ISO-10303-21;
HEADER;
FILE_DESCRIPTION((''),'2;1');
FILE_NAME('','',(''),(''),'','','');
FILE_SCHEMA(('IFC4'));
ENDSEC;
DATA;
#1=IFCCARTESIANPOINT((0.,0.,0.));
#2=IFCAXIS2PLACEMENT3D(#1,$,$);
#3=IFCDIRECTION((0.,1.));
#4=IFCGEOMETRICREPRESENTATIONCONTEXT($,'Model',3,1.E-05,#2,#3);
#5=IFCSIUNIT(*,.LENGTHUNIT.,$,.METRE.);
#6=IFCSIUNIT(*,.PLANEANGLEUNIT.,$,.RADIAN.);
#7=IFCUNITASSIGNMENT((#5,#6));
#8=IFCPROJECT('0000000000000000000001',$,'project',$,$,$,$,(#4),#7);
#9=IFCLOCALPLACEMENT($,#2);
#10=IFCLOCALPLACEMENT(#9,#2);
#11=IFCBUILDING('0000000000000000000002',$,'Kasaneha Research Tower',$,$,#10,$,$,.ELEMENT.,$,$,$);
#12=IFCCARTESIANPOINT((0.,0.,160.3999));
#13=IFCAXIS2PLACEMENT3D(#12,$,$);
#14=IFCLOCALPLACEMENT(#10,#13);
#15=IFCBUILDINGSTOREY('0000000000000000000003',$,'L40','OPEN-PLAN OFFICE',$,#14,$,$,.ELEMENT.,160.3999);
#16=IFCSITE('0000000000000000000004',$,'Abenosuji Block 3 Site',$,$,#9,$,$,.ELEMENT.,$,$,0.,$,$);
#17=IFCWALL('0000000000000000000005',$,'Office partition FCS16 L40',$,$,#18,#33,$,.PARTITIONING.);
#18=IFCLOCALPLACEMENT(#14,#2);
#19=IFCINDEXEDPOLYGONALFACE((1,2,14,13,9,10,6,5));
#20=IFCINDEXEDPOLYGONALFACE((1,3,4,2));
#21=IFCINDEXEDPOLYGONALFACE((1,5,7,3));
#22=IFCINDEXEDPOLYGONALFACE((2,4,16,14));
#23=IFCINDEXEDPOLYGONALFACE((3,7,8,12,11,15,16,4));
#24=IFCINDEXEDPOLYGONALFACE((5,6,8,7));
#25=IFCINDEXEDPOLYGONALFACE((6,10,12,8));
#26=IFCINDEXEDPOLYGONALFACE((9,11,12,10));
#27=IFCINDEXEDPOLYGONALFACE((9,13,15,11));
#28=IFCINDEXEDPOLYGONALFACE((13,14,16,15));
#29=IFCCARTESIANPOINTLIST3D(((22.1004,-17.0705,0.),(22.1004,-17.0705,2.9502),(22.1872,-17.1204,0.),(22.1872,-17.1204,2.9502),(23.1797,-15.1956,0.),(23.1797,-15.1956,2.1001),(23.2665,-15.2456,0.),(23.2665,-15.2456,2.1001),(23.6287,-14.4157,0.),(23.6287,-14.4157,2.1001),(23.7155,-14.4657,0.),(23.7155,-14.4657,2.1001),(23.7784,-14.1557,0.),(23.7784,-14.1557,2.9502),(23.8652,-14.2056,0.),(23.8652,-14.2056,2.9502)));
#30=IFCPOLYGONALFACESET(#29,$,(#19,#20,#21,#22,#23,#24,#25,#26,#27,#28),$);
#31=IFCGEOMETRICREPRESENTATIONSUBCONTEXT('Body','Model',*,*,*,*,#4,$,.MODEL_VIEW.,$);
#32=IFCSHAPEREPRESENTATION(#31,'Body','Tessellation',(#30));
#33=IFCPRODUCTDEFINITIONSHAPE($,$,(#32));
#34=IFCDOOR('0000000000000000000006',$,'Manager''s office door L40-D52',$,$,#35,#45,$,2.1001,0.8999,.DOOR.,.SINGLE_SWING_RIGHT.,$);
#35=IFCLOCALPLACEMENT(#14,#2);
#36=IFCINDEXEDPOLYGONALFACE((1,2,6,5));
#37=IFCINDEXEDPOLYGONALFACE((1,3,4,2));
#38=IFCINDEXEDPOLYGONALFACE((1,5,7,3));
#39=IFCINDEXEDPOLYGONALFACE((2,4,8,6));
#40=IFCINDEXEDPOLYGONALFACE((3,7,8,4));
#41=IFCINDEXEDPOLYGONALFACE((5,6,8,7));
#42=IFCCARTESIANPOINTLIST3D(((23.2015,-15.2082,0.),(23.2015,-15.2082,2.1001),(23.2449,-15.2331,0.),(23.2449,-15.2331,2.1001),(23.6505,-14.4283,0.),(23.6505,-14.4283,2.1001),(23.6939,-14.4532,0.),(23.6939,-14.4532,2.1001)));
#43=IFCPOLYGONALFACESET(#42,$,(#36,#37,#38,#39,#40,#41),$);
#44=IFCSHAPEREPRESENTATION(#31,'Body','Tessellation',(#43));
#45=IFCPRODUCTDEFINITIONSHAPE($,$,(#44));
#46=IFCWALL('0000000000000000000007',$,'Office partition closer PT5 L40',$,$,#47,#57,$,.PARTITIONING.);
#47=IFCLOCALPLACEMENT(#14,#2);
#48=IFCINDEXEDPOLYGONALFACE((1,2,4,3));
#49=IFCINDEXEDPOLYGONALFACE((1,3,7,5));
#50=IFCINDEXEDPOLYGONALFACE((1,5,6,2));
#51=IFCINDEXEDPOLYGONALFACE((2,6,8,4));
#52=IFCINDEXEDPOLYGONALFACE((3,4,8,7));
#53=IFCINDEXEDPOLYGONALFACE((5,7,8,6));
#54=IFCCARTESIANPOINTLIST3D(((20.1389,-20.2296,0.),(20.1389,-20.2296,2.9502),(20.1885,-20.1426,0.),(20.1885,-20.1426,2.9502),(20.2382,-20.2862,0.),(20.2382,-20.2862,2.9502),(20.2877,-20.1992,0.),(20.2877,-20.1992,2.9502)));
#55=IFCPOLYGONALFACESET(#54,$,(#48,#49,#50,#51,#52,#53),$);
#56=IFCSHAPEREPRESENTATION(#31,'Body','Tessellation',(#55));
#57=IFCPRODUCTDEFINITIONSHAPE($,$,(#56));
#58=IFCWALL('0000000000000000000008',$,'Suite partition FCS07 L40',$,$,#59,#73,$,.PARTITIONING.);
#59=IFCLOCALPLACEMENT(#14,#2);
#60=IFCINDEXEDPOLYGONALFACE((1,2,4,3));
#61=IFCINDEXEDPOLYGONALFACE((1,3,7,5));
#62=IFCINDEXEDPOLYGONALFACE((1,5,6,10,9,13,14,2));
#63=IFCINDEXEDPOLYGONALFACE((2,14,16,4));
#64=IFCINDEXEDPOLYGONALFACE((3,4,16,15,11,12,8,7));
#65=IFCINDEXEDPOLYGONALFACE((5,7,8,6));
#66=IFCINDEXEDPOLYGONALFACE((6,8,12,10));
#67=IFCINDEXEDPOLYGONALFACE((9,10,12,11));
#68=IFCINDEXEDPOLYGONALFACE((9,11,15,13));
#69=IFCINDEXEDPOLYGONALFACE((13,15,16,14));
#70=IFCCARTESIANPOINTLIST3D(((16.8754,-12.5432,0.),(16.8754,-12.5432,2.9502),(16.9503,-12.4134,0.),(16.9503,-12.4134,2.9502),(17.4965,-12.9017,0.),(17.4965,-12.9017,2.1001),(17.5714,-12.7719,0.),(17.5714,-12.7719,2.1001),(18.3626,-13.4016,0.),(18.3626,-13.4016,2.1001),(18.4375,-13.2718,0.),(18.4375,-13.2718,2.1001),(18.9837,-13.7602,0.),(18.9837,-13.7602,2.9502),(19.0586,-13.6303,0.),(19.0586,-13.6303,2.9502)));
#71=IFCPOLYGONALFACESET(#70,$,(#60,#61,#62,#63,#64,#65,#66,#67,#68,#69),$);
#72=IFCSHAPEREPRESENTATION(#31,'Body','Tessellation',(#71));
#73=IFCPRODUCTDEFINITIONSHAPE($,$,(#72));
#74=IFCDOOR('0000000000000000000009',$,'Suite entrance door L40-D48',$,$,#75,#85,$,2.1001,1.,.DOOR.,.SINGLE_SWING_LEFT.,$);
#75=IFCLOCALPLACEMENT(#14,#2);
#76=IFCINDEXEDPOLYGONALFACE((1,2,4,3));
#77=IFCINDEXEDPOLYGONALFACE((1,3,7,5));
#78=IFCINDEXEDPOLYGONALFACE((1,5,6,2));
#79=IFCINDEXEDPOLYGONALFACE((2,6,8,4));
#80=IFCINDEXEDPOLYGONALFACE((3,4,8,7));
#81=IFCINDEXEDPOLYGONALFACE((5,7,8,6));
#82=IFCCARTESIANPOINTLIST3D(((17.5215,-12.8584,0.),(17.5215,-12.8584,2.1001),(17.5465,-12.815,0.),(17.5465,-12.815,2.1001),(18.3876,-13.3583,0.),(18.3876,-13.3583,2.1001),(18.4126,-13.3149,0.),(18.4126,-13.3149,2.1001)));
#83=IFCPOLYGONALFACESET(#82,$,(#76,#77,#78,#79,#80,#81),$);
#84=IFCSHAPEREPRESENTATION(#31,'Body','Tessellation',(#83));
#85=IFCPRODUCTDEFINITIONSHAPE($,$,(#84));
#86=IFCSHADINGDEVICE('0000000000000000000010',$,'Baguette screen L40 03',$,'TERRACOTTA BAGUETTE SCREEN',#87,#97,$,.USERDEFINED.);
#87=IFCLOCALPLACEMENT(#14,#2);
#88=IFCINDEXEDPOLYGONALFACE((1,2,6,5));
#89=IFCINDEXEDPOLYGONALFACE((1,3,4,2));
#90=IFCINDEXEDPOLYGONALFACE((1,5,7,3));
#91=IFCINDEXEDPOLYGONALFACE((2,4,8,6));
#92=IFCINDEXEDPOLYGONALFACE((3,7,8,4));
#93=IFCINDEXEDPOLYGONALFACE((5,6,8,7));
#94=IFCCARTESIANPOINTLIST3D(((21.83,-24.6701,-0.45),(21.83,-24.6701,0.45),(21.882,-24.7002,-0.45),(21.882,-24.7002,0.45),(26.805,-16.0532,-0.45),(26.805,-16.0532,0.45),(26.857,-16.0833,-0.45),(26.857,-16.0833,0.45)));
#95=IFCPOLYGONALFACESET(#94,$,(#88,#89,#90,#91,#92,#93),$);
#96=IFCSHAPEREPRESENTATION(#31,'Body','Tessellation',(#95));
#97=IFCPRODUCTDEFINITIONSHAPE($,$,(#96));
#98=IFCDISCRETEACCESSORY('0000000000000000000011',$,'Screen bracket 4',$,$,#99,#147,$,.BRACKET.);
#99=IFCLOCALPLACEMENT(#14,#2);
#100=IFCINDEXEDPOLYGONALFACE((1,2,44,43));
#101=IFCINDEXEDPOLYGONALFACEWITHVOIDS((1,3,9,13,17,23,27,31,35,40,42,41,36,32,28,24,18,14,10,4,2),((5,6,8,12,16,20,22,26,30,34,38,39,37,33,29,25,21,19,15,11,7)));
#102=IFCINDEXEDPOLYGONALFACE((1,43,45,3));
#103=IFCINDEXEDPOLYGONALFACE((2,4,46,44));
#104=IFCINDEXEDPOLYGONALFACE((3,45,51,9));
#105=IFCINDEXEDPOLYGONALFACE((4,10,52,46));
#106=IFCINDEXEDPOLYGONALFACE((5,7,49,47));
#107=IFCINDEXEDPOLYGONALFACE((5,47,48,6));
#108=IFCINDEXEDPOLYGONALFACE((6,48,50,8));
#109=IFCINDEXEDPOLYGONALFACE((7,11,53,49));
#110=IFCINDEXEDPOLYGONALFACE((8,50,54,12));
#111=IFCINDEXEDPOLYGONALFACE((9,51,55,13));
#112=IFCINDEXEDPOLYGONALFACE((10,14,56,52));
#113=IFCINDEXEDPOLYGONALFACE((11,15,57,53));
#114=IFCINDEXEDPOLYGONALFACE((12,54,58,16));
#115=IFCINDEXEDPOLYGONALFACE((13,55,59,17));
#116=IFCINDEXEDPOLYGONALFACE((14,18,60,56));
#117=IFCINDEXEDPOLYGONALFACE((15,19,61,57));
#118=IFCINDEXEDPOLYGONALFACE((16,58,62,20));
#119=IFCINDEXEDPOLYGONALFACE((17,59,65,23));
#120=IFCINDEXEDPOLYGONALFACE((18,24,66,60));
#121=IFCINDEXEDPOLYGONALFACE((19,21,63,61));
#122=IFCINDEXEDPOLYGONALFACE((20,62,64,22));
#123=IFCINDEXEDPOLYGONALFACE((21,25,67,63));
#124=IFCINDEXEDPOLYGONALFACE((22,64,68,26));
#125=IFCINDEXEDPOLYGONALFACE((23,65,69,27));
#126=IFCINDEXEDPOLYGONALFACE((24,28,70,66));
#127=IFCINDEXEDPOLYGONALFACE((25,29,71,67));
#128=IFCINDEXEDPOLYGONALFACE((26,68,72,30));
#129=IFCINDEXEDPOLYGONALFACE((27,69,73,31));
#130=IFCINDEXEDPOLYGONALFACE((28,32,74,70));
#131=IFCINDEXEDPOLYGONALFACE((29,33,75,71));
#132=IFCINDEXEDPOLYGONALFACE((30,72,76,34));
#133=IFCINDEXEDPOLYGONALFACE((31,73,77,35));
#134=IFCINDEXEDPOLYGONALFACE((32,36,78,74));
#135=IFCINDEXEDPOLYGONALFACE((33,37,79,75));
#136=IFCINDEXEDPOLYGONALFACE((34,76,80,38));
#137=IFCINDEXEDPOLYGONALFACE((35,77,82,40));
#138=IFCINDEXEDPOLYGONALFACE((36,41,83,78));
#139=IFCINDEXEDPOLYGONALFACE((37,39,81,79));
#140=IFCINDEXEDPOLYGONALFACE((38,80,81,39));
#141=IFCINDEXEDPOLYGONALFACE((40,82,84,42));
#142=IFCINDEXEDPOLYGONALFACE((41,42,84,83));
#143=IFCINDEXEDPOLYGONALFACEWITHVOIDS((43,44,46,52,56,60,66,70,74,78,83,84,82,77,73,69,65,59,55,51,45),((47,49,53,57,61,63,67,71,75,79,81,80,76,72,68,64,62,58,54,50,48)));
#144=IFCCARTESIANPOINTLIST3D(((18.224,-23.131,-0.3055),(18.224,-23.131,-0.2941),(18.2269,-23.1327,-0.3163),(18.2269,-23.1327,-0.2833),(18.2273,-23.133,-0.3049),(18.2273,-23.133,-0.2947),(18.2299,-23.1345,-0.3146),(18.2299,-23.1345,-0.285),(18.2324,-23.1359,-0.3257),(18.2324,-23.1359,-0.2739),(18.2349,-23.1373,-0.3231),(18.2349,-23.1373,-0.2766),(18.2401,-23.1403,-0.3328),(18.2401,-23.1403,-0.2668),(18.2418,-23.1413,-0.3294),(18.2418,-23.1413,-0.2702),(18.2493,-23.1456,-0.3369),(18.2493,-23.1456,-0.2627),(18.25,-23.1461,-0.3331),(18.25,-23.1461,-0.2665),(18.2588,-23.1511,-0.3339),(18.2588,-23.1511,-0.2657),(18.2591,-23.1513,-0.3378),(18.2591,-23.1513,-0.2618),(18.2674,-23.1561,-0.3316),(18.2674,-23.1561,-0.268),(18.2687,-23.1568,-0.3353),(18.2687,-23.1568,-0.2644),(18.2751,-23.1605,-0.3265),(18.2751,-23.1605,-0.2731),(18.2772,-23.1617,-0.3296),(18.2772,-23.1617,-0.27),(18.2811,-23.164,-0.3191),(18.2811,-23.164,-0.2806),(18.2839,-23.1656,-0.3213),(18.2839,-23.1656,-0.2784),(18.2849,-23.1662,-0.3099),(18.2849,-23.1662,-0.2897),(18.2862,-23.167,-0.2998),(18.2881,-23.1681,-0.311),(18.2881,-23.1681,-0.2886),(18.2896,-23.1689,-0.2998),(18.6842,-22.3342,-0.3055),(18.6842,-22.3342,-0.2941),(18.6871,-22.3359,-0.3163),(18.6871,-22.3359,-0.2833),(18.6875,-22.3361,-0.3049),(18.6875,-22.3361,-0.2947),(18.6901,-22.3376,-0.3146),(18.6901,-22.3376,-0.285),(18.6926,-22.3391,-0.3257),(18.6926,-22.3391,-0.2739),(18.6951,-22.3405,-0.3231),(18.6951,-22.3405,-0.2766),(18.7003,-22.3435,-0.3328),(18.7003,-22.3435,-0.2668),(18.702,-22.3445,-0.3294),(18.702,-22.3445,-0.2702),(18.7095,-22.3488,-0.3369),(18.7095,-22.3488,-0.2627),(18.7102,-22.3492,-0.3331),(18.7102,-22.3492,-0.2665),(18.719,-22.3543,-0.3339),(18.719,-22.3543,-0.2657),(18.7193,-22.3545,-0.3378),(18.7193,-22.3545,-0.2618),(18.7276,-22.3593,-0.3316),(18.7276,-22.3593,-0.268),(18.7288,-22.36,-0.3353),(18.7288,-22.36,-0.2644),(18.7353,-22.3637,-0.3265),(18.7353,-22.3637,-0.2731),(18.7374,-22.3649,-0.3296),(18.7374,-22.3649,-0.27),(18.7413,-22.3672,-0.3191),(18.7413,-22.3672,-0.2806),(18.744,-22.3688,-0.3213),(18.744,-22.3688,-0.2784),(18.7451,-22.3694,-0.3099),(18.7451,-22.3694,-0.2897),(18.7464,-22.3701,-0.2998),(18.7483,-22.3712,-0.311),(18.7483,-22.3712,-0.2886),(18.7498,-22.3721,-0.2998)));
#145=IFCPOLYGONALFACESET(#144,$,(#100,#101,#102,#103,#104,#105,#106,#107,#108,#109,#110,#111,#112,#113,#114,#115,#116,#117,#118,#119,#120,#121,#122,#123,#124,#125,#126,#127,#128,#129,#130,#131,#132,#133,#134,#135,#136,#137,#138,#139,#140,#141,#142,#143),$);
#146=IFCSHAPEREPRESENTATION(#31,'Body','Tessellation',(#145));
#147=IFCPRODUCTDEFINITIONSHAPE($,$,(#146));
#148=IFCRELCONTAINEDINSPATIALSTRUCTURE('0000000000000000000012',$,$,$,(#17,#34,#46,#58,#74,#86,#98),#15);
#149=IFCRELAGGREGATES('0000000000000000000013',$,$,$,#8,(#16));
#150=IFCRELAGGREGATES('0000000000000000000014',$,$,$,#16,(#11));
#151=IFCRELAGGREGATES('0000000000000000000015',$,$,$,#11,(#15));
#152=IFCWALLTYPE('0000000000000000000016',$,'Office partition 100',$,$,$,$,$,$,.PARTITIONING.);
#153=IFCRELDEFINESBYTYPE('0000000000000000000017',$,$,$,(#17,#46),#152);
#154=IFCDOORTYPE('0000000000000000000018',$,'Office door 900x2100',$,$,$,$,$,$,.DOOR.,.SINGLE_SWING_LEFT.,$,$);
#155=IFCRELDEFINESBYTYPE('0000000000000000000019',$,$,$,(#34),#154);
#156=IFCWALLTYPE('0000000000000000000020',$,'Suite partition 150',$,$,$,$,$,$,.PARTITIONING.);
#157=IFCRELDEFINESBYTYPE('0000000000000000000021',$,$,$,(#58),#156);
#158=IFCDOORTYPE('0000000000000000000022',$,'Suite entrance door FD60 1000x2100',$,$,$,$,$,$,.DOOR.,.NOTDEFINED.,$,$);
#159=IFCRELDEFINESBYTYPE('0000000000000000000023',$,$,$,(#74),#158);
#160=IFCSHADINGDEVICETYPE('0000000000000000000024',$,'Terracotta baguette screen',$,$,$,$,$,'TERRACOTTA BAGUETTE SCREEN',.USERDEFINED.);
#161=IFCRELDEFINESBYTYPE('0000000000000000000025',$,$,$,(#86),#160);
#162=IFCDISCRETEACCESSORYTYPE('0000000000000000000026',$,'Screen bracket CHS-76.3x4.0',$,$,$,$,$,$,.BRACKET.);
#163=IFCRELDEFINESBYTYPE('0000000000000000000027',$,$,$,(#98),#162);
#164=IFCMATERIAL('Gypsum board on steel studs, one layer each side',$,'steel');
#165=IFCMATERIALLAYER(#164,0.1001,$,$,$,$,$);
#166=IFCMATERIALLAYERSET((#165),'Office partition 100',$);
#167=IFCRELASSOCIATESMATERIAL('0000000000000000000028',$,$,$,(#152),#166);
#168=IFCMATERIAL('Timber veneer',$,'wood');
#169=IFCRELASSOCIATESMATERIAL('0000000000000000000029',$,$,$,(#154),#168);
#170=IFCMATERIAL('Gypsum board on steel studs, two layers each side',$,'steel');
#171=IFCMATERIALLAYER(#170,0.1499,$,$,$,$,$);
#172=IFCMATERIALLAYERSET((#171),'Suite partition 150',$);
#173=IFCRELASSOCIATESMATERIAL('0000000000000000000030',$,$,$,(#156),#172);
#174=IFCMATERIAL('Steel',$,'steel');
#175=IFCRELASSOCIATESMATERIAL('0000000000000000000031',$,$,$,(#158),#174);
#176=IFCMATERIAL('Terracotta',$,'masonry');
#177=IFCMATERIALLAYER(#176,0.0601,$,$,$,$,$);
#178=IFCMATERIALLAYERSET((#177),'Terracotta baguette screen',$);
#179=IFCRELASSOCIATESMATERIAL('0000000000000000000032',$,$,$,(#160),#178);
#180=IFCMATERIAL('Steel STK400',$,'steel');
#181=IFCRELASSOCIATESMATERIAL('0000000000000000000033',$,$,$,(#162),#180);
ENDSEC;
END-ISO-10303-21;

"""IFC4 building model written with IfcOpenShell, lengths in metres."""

from ifc_helpers import new_model, si_unit, direction, frame, frame_2d, origin, origin_2d, place, context, subcontext, project, spatial, rectangle, hollow_circle, extrude, material, layer, layer_set, material_profile, profile_set, type_object, element, fill, save


model = new_model("IFC4")

# Units and contexts
model_context = context("Model", 3, precision=1e-05, world=origin(), true_north=direction((0.0, 1.0)))
body_context = subcontext(model_context, "Body", "Model", "MODEL_VIEW")
ifc_project = project(units=[si_unit("LENGTHUNIT", "METRE"), si_unit("PLANEANGLEUNIT", "RADIAN")], contexts=[model_context])

# Site, building, storey
site_placement = place(None, origin())
site = spatial("IfcSite", under=ifc_project, at=site_placement, Name="Abenosuji Block 3 Site", CompositionType="ELEMENT", RefElevation=0.0)
building_placement = place(site_placement, origin())
building = spatial("IfcBuilding", under=site, at=building_placement, Name="Kasaneha Research Tower", CompositionType="ELEMENT")
storey_placement = place(building_placement, frame((0.0, 0.0, 160.3999)))
storey = spatial("IfcBuildingStorey", under=building, at=storey_placement, Name="L40", Description="OPEN-PLAN OFFICE", CompositionType="ELEMENT", Elevation=160.3999)

# Shared definitions
ifc_material_1 = material(Name="Gypsum board on steel studs, one layer each side", Category="steel")
ifc_layer_1 = layer(ifc_material_1, 0.1001)
ifc_layer_set_1 = layer_set([ifc_layer_1], Name="Office partition 100")
wall_type_1 = type_object("IfcWallType", Name="Office partition 100", PredefinedType="PARTITIONING", material=ifc_layer_set_1)

# Wall, opening, door
ifc_material_2 = material(Name="Timber veneer", Category="wood")
door_type_1 = type_object("IfcDoorType", Name="Office door 900x2100", OperationType="SINGLE_SWING_LEFT", PredefinedType="DOOR", material=ifc_material_2)
wall_1_placement = place(storey_placement, frame((22.1438, -17.0955, 0.0), z_axis=(0.0, 0.0, 1.0), x_axis=(0.498912, 0.866653, 0.0)))
wall_1 = element("IfcWall", 1, at=wall_1_placement, inside=storey, type_object=wall_type_1, Name="Office partition FCS16 L40", PredefinedType="PARTITIONING", context=body_context, shape_type="SweptSolid", body=[
    extrude(rectangle(XDim=3.3633, YDim=0.1001, at=frame_2d((1.6816, 0.0))), origin(), (0.0, 0.0, 1.0), 2.9502),
])
opening_1_placement = place(wall_1_placement, frame((2.1633, 0.0, 0.0)))
opening_1 = element("IfcOpeningElement", 2, at=opening_1_placement, cuts=wall_1, PredefinedType="OPENING", context=body_context, shape_type="SweptSolid", body=[
    extrude(rectangle(XDim=0.8999, YDim=2.1001, at=frame_2d((0.45, 1.05))), frame((0.0, 0.0601, 0.0), z_axis=(0.0, -1.0, 0.0), x_axis=(1.0, 0.0, 0.0)), (0.0, 0.0, 1.0), 0.1201),
])
door_1_placement = place(opening_1_placement, origin())
door_1 = element("IfcDoor", 3, at=door_1_placement, inside=storey, type_object=door_type_1, Name="Manager's office door L40-D52", OperationType="SINGLE_SWING_RIGHT", OverallHeight=2.1001, OverallWidth=0.8999, PredefinedType="DOOR", context=body_context, shape_type="SweptSolid", body=[
    extrude(rectangle(XDim=0.8999, YDim=2.1001, at=frame_2d((0.45, 1.05))), frame((0.0, 0.0249, 0.0), z_axis=(0.0, -1.0, 0.0), x_axis=(1.0, 0.0, 0.0)), (0.0, 0.0, 1.0), 0.05),
])
fill(opening_1, door_1)

# Wall
wall_2_placement = place(storey_placement, frame((20.2629, -20.2427, 0.0), z_axis=(0.0, 0.0, 1.0), x_axis=(-0.868768, 0.495219, 0.0)))
element("IfcWall", 4, at=wall_2_placement, inside=storey, type_object=wall_type_1, Name="Office partition closer PT5 L40", PredefinedType="PARTITIONING", context=body_context, shape_type="SweptSolid", body=[
    extrude(rectangle(XDim=0.1143, YDim=0.1001, at=frame_2d((0.0571, 0.0))), origin(), (0.0, 0.0, 1.0), 2.9502),
])

# Wall, opening, door
ifc_material_3 = material(Name="Gypsum board on steel studs, two layers each side", Category="steel")
ifc_layer_2 = layer(ifc_material_3, 0.1499)
ifc_layer_set_2 = layer_set([ifc_layer_2], Name="Suite partition 150")
wall_type_2 = type_object("IfcWallType", Name="Suite partition 150", PredefinedType="PARTITIONING", material=ifc_layer_set_2)
wall_3_placement = place(storey_placement, frame((19.0212, -13.6953, 0.0), z_axis=(0.0, 0.0, 1.0), x_axis=(-0.866069, 0.499925, 0.0)))
wall_3 = element("IfcWall", 5, at=wall_3_placement, inside=storey, type_object=wall_type_2, Name="Suite partition FCS07 L40", PredefinedType="PARTITIONING", context=body_context, shape_type="SweptSolid", body=[
    extrude(rectangle(XDim=2.4343, YDim=0.1499, at=frame_2d((1.2173, 0.0))), origin(), (0.0, 0.0, 1.0), 2.9502),
])
opening_2_placement = place(wall_3_placement, frame((0.7173, 0.0, 0.0)))
opening_2 = element("IfcOpeningElement", 6, at=opening_2_placement, cuts=wall_3, PredefinedType="OPENING", context=body_context, shape_type="SweptSolid", body=[
    extrude(rectangle(XDim=1.0, YDim=2.1001, at=frame_2d((0.5, 1.05))), frame((0.0, 0.085, 0.0), z_axis=(0.0, -1.0, 0.0), x_axis=(1.0, 0.0, 0.0)), (0.0, 0.0, 1.0), 0.1699),
])
ifc_material_4 = material(Name="Steel", Category="steel")
door_type_2 = type_object("IfcDoorType", Name="Suite entrance door FD60 1000x2100", OperationType="NOTDEFINED", PredefinedType="DOOR", material=ifc_material_4)
door_2_placement = place(opening_2_placement, origin())
door_2 = element("IfcDoor", 7, at=door_2_placement, inside=storey, type_object=door_type_2, Name="Suite entrance door L40-D48", OperationType="SINGLE_SWING_LEFT", OverallHeight=2.1001, OverallWidth=1.0, PredefinedType="DOOR", context=body_context, shape_type="SweptSolid", body=[
    extrude(rectangle(XDim=1.0, YDim=2.1001, at=frame_2d((0.5, 1.05))), frame((0.0, 0.0249, 0.0), z_axis=(0.0, -1.0, 0.0), x_axis=(1.0, 0.0, 0.0)), (0.0, 0.0, 1.0), 0.05),
])
fill(opening_2, door_2)

# Shading device
ifc_material_5 = material(Name="Terracotta", Category="masonry")
ifc_layer_3 = layer(ifc_material_5, 0.0601)
ifc_layer_set_3 = layer_set([ifc_layer_3], Name="Terracotta baguette screen")
shading_device_type = type_object("IfcShadingDeviceType", Name="Terracotta baguette screen", ElementType="TERRACOTTA BAGUETTE SCREEN", PredefinedType="USERDEFINED", material=ifc_layer_set_3)
shading_device_placement = place(storey_placement, frame((24.3435, -20.3767, -0.45), z_axis=(0.0, 0.0, 1.0), x_axis=(0.5, 0.866025, 0.0)))
element("IfcShadingDevice", 8, at=shading_device_placement, inside=storey, type_object=shading_device_type, Name="Baguette screen L40 03", ObjectType="TERRACOTTA BAGUETTE SCREEN", PredefinedType="USERDEFINED", context=body_context, shape_type="SweptSolid", body=[
    extrude(rectangle(XDim=9.95, YDim=0.0601, at=origin_2d()), origin(), (0.0, 0.0, 1.0), 0.8999),
])

# Discrete accessory
ifc_material_6 = material(Name="Steel STK400", Category="steel")
ifc_material_profile_1 = material_profile(ifc_material_6, hollow_circle(Radius=0.0381, WallThickness=0.0039, at=origin_2d()), Name="CHS-76.3x4.0")
ifc_profile_set_1 = profile_set([ifc_material_profile_1], Name="Steel STK400")
discrete_accessory_type = type_object("IfcDiscreteAccessoryType", Name="Screen bracket CHS-76.3x4.0", PredefinedType="BRACKET", material=ifc_profile_set_1)
discrete_accessory_1_placement = place(storey_placement, frame((18.7168, -22.353, -0.2998), z_axis=(-0.500105, -0.865965, 0.0), x_axis=(0.865965, -0.500105, 0.0)))
element("IfcDiscreteAccessory", 9, at=discrete_accessory_1_placement, inside=storey, type_object=discrete_accessory_type, Name="Screen bracket 4", PredefinedType="BRACKET", context=body_context, shape_type="SweptSolid", body=[
    extrude(hollow_circle(Radius=0.0381, WallThickness=0.0039, at=origin_2d()), origin(), (0.0, 0.0, 1.0), 0.9202),
])

save(model, "model.ifc")
